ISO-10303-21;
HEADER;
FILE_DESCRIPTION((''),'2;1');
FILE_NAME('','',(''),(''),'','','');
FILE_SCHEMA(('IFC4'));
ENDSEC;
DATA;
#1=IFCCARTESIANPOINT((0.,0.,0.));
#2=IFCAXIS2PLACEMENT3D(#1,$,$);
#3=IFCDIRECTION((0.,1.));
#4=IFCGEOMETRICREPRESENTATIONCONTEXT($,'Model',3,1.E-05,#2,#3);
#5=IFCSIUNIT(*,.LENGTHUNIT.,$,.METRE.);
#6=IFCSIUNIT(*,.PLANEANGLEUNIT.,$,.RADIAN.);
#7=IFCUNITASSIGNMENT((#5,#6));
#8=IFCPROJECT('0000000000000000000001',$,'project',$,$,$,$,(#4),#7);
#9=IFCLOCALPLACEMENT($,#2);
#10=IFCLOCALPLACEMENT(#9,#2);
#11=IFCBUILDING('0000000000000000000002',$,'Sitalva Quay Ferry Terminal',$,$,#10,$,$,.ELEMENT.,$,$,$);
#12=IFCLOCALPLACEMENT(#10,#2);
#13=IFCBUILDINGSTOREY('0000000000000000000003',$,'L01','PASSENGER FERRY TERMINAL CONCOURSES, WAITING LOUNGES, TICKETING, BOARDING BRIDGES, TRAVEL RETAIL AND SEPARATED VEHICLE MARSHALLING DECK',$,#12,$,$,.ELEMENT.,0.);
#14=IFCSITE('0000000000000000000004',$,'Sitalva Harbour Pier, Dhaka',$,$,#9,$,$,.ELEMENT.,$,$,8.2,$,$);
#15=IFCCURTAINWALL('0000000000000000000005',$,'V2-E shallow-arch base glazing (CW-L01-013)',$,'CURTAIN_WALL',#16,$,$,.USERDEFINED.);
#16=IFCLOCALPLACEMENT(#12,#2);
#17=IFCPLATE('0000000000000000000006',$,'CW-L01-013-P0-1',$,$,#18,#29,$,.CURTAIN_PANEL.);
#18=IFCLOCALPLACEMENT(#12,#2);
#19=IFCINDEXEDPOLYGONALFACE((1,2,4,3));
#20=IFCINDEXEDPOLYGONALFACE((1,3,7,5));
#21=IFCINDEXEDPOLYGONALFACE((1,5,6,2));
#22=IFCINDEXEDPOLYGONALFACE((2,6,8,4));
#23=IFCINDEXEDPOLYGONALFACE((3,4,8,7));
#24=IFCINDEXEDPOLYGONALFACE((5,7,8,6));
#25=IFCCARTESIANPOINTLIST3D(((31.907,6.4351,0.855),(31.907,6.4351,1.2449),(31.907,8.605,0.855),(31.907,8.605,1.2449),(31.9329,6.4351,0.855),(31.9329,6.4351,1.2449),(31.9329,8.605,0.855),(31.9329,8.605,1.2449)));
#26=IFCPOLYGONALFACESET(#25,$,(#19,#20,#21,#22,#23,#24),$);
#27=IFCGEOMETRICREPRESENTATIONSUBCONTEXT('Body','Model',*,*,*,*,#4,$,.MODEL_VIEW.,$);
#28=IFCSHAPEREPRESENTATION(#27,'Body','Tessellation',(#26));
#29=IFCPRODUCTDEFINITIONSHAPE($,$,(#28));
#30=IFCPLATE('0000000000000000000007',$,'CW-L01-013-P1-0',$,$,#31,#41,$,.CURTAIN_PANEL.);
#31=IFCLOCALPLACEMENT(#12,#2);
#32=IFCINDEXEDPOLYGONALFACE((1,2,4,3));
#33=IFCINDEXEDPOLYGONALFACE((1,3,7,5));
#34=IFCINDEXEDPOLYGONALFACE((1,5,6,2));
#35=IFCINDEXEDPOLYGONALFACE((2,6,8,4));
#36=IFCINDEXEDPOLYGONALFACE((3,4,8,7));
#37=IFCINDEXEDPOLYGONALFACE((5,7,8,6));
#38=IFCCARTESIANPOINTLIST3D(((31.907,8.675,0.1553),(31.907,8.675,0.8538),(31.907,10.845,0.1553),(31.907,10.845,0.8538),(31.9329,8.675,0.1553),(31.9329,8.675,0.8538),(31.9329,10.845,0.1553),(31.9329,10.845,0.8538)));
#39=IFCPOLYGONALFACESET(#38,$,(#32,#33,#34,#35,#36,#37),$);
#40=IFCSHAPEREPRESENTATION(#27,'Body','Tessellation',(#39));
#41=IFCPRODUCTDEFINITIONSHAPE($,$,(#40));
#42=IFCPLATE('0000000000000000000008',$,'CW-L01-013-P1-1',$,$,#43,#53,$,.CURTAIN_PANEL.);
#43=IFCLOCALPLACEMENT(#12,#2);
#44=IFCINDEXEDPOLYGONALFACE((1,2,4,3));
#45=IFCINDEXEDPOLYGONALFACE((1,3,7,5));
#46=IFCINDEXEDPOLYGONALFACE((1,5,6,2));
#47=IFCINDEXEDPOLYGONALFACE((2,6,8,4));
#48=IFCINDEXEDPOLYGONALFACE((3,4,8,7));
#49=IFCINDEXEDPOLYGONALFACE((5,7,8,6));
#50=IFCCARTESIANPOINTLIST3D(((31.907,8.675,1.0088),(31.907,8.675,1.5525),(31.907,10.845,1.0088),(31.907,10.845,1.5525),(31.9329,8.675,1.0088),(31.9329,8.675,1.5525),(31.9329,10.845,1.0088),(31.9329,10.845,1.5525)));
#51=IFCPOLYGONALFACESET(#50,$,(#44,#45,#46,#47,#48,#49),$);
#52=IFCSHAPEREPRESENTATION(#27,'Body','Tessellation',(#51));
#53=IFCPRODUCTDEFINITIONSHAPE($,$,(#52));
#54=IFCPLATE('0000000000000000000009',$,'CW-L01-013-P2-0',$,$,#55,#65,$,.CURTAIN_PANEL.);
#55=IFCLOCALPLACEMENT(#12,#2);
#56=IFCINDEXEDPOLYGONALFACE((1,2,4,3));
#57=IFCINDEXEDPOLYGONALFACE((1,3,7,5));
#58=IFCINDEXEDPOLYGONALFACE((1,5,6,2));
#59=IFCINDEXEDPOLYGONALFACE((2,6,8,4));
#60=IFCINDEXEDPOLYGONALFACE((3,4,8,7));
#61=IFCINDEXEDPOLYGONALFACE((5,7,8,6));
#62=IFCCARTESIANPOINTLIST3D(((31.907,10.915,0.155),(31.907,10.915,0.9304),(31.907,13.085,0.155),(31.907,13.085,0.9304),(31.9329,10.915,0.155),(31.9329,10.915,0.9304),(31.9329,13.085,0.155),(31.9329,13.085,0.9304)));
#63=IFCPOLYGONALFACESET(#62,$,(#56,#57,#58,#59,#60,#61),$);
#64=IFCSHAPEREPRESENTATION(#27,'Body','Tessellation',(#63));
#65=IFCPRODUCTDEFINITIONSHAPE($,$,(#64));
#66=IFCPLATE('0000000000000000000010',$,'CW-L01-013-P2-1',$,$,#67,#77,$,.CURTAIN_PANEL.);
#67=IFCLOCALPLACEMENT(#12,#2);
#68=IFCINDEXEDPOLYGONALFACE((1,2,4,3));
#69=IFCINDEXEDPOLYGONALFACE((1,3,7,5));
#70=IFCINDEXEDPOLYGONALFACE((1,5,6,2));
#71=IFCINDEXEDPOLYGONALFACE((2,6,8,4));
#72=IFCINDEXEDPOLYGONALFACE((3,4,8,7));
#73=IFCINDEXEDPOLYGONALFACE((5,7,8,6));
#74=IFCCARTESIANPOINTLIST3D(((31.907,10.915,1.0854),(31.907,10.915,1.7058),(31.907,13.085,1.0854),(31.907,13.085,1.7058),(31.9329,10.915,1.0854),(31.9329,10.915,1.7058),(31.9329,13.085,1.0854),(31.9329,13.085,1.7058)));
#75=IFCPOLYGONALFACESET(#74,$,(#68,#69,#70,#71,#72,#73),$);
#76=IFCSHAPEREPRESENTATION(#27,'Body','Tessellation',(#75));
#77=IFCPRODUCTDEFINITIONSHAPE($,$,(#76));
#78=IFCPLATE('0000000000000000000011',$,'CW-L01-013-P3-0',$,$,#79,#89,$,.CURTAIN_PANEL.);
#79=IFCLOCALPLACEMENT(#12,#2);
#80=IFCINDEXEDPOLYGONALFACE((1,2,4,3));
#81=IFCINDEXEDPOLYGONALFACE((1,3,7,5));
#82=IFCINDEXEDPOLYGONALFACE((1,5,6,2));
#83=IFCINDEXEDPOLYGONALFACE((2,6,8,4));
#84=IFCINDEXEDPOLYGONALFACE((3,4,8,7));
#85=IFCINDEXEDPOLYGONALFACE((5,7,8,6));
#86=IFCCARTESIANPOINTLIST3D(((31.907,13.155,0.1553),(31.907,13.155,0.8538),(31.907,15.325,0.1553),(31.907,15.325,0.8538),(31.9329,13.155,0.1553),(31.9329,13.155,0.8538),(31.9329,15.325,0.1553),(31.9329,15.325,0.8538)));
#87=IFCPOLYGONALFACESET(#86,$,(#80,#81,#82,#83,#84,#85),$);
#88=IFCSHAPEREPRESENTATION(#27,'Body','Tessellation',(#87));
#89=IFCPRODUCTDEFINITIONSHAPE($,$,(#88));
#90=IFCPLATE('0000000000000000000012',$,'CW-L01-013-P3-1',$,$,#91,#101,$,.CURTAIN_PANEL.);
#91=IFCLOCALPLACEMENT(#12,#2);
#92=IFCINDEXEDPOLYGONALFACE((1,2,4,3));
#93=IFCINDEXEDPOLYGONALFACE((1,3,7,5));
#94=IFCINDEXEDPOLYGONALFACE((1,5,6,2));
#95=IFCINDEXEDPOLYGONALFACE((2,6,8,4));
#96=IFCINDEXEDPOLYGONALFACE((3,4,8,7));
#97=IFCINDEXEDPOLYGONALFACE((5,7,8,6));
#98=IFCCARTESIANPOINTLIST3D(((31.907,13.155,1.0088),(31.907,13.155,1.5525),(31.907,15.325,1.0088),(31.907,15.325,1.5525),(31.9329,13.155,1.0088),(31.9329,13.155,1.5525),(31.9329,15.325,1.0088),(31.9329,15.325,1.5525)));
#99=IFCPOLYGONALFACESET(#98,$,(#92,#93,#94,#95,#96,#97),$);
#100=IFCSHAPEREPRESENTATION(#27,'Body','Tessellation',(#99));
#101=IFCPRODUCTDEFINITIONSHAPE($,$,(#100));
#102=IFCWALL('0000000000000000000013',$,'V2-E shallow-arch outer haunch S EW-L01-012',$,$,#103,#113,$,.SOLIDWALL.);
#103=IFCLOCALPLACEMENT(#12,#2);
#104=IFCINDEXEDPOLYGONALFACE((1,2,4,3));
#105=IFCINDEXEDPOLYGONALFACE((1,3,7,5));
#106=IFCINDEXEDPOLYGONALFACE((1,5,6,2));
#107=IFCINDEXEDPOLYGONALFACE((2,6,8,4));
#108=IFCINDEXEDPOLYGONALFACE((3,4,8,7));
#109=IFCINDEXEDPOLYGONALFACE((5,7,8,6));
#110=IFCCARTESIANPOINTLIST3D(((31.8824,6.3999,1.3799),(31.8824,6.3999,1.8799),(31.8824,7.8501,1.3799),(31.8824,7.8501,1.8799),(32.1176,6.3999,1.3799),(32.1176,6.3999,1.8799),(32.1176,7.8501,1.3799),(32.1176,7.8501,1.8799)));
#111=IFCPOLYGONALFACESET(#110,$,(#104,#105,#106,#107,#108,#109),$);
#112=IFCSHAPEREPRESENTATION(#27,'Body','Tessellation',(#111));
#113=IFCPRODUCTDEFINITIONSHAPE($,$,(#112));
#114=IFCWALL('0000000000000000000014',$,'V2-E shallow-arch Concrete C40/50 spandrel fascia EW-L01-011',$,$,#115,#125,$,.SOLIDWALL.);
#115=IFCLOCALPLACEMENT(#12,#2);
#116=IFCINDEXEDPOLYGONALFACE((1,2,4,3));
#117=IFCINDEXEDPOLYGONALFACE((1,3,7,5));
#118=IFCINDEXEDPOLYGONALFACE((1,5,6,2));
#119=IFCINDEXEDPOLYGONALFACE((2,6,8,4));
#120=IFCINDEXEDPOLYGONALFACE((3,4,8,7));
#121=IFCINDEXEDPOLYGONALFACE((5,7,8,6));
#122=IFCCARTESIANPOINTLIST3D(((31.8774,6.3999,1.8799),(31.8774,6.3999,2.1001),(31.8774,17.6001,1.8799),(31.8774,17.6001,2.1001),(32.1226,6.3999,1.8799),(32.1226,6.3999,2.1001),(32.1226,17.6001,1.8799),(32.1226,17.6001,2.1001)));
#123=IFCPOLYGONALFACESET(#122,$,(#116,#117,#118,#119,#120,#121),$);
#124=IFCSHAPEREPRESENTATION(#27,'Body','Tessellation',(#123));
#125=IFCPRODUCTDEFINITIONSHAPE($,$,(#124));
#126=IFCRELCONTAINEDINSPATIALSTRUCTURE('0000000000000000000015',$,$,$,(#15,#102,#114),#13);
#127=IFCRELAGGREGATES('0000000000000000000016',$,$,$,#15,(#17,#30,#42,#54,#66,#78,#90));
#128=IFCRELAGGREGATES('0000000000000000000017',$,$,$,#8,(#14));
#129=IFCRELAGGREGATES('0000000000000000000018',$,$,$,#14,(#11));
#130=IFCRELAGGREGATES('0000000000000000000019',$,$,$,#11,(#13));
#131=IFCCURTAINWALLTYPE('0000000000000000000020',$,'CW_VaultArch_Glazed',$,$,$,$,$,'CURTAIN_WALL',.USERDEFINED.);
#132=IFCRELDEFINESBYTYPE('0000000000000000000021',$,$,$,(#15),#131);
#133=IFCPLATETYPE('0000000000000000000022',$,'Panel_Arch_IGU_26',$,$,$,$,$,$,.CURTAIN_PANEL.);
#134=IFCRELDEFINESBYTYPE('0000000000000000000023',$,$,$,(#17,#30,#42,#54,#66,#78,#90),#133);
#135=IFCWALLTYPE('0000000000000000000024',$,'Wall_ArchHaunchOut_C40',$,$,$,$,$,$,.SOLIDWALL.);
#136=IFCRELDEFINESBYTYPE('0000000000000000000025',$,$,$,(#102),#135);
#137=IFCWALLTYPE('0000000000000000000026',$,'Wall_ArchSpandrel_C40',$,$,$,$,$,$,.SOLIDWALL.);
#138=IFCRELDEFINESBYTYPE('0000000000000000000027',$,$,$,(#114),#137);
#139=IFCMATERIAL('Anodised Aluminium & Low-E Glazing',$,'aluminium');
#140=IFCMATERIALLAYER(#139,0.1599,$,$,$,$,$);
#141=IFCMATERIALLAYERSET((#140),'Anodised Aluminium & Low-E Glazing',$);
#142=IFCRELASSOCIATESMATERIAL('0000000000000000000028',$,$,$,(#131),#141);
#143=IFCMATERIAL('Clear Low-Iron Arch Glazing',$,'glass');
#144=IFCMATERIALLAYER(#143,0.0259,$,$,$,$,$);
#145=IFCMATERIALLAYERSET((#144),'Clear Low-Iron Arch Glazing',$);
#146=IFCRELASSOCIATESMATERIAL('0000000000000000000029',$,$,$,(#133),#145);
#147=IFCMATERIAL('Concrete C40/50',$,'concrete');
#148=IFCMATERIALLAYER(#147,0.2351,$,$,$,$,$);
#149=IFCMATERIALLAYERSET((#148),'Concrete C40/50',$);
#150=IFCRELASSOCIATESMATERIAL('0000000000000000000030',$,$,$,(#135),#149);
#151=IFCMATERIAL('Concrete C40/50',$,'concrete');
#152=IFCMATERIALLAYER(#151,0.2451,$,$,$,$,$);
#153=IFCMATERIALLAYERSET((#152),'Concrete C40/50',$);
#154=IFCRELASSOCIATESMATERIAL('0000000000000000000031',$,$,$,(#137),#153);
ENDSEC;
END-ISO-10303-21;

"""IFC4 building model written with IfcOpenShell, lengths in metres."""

from ifc_helpers import new_model, si_unit, direction, frame, frame_2d, origin, origin_2d, place, context, subcontext, project, spatial, rectangle, extrude, material, layer, layer_set, type_object, element, aggregate, save


model = new_model("IFC4")

# Units and contexts
model_context = context("Model", 3, precision=1e-05, world=origin(), true_north=direction((0.0, 1.0)))
body_context = subcontext(model_context, "Body", "Model", "MODEL_VIEW")
ifc_project = project(units=[si_unit("LENGTHUNIT", "METRE"), si_unit("PLANEANGLEUNIT", "RADIAN")], contexts=[model_context])

# Site, building, storey
site_placement = place(None, origin())
site = spatial("IfcSite", under=ifc_project, at=site_placement, Name="Sitalva Harbour Pier, Dhaka", CompositionType="ELEMENT", RefElevation=8.2)
building_placement = place(site_placement, origin())
building = spatial("IfcBuilding", under=site, at=building_placement, Name="Sitalva Quay Ferry Terminal", CompositionType="ELEMENT")
storey_placement = place(building_placement, origin())
storey = spatial("IfcBuildingStorey", under=building, at=storey_placement, Name="L01", Description="PASSENGER FERRY TERMINAL CONCOURSES, WAITING LOUNGES, TICKETING, BOARDING BRIDGES, TRAVEL RETAIL AND SEPARATED VEHICLE MARSHALLING DECK", CompositionType="ELEMENT", Elevation=0.0)

# Curtain wall, plates
ifc_material_1 = material(Name="Anodised Aluminium & Low-E Glazing", Category="aluminium")
ifc_layer_1 = layer(ifc_material_1, 0.1599)
ifc_layer_set_1 = layer_set([ifc_layer_1], Name="Anodised Aluminium & Low-E Glazing")
curtain_wall_type = type_object("IfcCurtainWallType", Name="CW_VaultArch_Glazed", ElementType="CURTAIN_WALL", PredefinedType="USERDEFINED", material=ifc_layer_set_1)
curtain_wall_placement = place(storey_placement, origin())
curtain_wall = element("IfcCurtainWall", 1, at=curtain_wall_placement, inside=storey, type_object=curtain_wall_type, Name="V2-E shallow-arch base glazing (CW-L01-013)", ObjectType="CURTAIN_WALL", PredefinedType="USERDEFINED")
ifc_material_2 = material(Name="Clear Low-Iron Arch Glazing", Category="glass")
ifc_layer_2 = layer(ifc_material_2, 0.0259)
ifc_layer_set_2 = layer_set([ifc_layer_2], Name="Clear Low-Iron Arch Glazing")
plate_type = type_object("IfcPlateType", Name="Panel_Arch_IGU_26", PredefinedType="CURTAIN_PANEL", material=ifc_layer_set_2)
plate_1_placement = place(storey_placement, frame((31.9199, 7.52, 0.855), z_axis=(0.0, 0.0, 1.0), x_axis=(0.0, 1.0, 0.0)))
plate_1 = element("IfcPlate", 2, at=plate_1_placement, type_object=plate_type, Name="CW-L01-013-P0-1", PredefinedType="CURTAIN_PANEL", context=body_context, shape_type="SweptSolid", body=[
    extrude(rectangle(XDim=2.1699, YDim=0.0259, at=origin_2d()), origin(), (0.0, 0.0, 1.0), 0.3899),
])
plate_2_placement = place(storey_placement, frame((31.9199, 9.76, 0.1553), z_axis=(0.0, 0.0, 1.0), x_axis=(0.0, 1.0, 0.0)))
plate_2 = element("IfcPlate", 3, at=plate_2_placement, type_object=plate_type, Name="CW-L01-013-P1-0", PredefinedType="CURTAIN_PANEL", context=body_context, shape_type="SweptSolid", body=[
    extrude(rectangle(XDim=2.1699, YDim=0.0259, at=origin_2d()), origin(), (0.0, 0.0, 1.0), 0.6985),
])
plate_3_placement = place(storey_placement, frame((31.9199, 9.76, 1.0088), z_axis=(0.0, 0.0, 1.0), x_axis=(0.0, 1.0, 0.0)))
plate_3 = element("IfcPlate", 4, at=plate_3_placement, type_object=plate_type, Name="CW-L01-013-P1-1", PredefinedType="CURTAIN_PANEL", context=body_context, shape_type="SweptSolid", body=[
    extrude(rectangle(XDim=2.1699, YDim=0.0259, at=origin_2d()), origin(), (0.0, 0.0, 1.0), 0.5437),
])
plate_4_placement = place(storey_placement, frame((31.9199, 12.0, 0.155), z_axis=(0.0, 0.0, 1.0), x_axis=(0.0, 1.0, 0.0)))
plate_4 = element("IfcPlate", 5, at=plate_4_placement, type_object=plate_type, Name="CW-L01-013-P2-0", PredefinedType="CURTAIN_PANEL", context=body_context, shape_type="SweptSolid", body=[
    extrude(rectangle(XDim=2.1699, YDim=0.0259, at=origin_2d()), origin(), (0.0, 0.0, 1.0), 0.7754),
])
plate_5_placement = place(storey_placement, frame((31.9199, 12.0, 1.0854), z_axis=(0.0, 0.0, 1.0), x_axis=(0.0, 1.0, 0.0)))
plate_5 = element("IfcPlate", 6, at=plate_5_placement, type_object=plate_type, Name="CW-L01-013-P2-1", PredefinedType="CURTAIN_PANEL", context=body_context, shape_type="SweptSolid", body=[
    extrude(rectangle(XDim=2.1699, YDim=0.0259, at=origin_2d()), origin(), (0.0, 0.0, 1.0), 0.6204),
])
plate_6_placement = place(storey_placement, frame((31.9199, 14.24, 0.1553), z_axis=(0.0, 0.0, 1.0), x_axis=(0.0, 1.0, 0.0)))
plate_6 = element("IfcPlate", 7, at=plate_6_placement, type_object=plate_type, Name="CW-L01-013-P3-0", PredefinedType="CURTAIN_PANEL", context=body_context, shape_type="SweptSolid", body=[
    extrude(rectangle(XDim=2.1699, YDim=0.0259, at=origin_2d()), origin(), (0.0, 0.0, 1.0), 0.6985),
])
plate_7_placement = place(storey_placement, frame((31.9199, 14.24, 1.0088), z_axis=(0.0, 0.0, 1.0), x_axis=(0.0, 1.0, 0.0)))
plate_7 = element("IfcPlate", 8, at=plate_7_placement, type_object=plate_type, Name="CW-L01-013-P3-1", PredefinedType="CURTAIN_PANEL", context=body_context, shape_type="SweptSolid", body=[
    extrude(rectangle(XDim=2.1699, YDim=0.0259, at=origin_2d()), origin(), (0.0, 0.0, 1.0), 0.5437),
])
aggregate(curtain_wall, [plate_1, plate_2, plate_3, plate_4, plate_5, plate_6, plate_7])

# Walls
ifc_material_3 = material(Name="Concrete C40/50", Category="concrete")
ifc_layer_3 = layer(ifc_material_3, 0.2351)
ifc_layer_set_3 = layer_set([ifc_layer_3], Name="Concrete C40/50")
wall_type_1 = type_object("IfcWallType", Name="Wall_ArchHaunchOut_C40", PredefinedType="SOLIDWALL", material=ifc_layer_set_3)
wall_1_placement = place(storey_placement, frame((32.0, 6.3999, 1.3799), z_axis=(0.0, 0.0, 1.0), x_axis=(0.0, 1.0, 0.0)))
element("IfcWall", 9, at=wall_1_placement, inside=storey, type_object=wall_type_1, Name="V2-E shallow-arch outer haunch S EW-L01-012", PredefinedType="SOLIDWALL", context=body_context, shape_type="SweptSolid", body=[
    extrude(rectangle(XDim=1.4502, YDim=0.2351, at=frame_2d((0.7251, 0.0))), origin(), (0.0, 0.0, 1.0), 0.5),
])
ifc_material_4 = material(Name="Concrete C40/50", Category="concrete")
ifc_layer_4 = layer(ifc_material_4, 0.2451)
ifc_layer_set_4 = layer_set([ifc_layer_4], Name="Concrete C40/50")
wall_type_2 = type_object("IfcWallType", Name="Wall_ArchSpandrel_C40", PredefinedType="SOLIDWALL", material=ifc_layer_set_4)
wall_2_placement = place(storey_placement, frame((32.0, 6.3999, 1.8799), z_axis=(0.0, 0.0, 1.0), x_axis=(0.0, 1.0, 0.0)))
element("IfcWall", 10, at=wall_2_placement, inside=storey, type_object=wall_type_2, Name="V2-E shallow-arch Concrete C40/50 spandrel fascia EW-L01-011", PredefinedType="SOLIDWALL", context=body_context, shape_type="SweptSolid", body=[
    extrude(rectangle(XDim=11.2002, YDim=0.2451, at=frame_2d((5.6001, 0.0))), origin(), (0.0, 0.0, 1.0), 0.2202),
])

save(model, "model.ifc")
